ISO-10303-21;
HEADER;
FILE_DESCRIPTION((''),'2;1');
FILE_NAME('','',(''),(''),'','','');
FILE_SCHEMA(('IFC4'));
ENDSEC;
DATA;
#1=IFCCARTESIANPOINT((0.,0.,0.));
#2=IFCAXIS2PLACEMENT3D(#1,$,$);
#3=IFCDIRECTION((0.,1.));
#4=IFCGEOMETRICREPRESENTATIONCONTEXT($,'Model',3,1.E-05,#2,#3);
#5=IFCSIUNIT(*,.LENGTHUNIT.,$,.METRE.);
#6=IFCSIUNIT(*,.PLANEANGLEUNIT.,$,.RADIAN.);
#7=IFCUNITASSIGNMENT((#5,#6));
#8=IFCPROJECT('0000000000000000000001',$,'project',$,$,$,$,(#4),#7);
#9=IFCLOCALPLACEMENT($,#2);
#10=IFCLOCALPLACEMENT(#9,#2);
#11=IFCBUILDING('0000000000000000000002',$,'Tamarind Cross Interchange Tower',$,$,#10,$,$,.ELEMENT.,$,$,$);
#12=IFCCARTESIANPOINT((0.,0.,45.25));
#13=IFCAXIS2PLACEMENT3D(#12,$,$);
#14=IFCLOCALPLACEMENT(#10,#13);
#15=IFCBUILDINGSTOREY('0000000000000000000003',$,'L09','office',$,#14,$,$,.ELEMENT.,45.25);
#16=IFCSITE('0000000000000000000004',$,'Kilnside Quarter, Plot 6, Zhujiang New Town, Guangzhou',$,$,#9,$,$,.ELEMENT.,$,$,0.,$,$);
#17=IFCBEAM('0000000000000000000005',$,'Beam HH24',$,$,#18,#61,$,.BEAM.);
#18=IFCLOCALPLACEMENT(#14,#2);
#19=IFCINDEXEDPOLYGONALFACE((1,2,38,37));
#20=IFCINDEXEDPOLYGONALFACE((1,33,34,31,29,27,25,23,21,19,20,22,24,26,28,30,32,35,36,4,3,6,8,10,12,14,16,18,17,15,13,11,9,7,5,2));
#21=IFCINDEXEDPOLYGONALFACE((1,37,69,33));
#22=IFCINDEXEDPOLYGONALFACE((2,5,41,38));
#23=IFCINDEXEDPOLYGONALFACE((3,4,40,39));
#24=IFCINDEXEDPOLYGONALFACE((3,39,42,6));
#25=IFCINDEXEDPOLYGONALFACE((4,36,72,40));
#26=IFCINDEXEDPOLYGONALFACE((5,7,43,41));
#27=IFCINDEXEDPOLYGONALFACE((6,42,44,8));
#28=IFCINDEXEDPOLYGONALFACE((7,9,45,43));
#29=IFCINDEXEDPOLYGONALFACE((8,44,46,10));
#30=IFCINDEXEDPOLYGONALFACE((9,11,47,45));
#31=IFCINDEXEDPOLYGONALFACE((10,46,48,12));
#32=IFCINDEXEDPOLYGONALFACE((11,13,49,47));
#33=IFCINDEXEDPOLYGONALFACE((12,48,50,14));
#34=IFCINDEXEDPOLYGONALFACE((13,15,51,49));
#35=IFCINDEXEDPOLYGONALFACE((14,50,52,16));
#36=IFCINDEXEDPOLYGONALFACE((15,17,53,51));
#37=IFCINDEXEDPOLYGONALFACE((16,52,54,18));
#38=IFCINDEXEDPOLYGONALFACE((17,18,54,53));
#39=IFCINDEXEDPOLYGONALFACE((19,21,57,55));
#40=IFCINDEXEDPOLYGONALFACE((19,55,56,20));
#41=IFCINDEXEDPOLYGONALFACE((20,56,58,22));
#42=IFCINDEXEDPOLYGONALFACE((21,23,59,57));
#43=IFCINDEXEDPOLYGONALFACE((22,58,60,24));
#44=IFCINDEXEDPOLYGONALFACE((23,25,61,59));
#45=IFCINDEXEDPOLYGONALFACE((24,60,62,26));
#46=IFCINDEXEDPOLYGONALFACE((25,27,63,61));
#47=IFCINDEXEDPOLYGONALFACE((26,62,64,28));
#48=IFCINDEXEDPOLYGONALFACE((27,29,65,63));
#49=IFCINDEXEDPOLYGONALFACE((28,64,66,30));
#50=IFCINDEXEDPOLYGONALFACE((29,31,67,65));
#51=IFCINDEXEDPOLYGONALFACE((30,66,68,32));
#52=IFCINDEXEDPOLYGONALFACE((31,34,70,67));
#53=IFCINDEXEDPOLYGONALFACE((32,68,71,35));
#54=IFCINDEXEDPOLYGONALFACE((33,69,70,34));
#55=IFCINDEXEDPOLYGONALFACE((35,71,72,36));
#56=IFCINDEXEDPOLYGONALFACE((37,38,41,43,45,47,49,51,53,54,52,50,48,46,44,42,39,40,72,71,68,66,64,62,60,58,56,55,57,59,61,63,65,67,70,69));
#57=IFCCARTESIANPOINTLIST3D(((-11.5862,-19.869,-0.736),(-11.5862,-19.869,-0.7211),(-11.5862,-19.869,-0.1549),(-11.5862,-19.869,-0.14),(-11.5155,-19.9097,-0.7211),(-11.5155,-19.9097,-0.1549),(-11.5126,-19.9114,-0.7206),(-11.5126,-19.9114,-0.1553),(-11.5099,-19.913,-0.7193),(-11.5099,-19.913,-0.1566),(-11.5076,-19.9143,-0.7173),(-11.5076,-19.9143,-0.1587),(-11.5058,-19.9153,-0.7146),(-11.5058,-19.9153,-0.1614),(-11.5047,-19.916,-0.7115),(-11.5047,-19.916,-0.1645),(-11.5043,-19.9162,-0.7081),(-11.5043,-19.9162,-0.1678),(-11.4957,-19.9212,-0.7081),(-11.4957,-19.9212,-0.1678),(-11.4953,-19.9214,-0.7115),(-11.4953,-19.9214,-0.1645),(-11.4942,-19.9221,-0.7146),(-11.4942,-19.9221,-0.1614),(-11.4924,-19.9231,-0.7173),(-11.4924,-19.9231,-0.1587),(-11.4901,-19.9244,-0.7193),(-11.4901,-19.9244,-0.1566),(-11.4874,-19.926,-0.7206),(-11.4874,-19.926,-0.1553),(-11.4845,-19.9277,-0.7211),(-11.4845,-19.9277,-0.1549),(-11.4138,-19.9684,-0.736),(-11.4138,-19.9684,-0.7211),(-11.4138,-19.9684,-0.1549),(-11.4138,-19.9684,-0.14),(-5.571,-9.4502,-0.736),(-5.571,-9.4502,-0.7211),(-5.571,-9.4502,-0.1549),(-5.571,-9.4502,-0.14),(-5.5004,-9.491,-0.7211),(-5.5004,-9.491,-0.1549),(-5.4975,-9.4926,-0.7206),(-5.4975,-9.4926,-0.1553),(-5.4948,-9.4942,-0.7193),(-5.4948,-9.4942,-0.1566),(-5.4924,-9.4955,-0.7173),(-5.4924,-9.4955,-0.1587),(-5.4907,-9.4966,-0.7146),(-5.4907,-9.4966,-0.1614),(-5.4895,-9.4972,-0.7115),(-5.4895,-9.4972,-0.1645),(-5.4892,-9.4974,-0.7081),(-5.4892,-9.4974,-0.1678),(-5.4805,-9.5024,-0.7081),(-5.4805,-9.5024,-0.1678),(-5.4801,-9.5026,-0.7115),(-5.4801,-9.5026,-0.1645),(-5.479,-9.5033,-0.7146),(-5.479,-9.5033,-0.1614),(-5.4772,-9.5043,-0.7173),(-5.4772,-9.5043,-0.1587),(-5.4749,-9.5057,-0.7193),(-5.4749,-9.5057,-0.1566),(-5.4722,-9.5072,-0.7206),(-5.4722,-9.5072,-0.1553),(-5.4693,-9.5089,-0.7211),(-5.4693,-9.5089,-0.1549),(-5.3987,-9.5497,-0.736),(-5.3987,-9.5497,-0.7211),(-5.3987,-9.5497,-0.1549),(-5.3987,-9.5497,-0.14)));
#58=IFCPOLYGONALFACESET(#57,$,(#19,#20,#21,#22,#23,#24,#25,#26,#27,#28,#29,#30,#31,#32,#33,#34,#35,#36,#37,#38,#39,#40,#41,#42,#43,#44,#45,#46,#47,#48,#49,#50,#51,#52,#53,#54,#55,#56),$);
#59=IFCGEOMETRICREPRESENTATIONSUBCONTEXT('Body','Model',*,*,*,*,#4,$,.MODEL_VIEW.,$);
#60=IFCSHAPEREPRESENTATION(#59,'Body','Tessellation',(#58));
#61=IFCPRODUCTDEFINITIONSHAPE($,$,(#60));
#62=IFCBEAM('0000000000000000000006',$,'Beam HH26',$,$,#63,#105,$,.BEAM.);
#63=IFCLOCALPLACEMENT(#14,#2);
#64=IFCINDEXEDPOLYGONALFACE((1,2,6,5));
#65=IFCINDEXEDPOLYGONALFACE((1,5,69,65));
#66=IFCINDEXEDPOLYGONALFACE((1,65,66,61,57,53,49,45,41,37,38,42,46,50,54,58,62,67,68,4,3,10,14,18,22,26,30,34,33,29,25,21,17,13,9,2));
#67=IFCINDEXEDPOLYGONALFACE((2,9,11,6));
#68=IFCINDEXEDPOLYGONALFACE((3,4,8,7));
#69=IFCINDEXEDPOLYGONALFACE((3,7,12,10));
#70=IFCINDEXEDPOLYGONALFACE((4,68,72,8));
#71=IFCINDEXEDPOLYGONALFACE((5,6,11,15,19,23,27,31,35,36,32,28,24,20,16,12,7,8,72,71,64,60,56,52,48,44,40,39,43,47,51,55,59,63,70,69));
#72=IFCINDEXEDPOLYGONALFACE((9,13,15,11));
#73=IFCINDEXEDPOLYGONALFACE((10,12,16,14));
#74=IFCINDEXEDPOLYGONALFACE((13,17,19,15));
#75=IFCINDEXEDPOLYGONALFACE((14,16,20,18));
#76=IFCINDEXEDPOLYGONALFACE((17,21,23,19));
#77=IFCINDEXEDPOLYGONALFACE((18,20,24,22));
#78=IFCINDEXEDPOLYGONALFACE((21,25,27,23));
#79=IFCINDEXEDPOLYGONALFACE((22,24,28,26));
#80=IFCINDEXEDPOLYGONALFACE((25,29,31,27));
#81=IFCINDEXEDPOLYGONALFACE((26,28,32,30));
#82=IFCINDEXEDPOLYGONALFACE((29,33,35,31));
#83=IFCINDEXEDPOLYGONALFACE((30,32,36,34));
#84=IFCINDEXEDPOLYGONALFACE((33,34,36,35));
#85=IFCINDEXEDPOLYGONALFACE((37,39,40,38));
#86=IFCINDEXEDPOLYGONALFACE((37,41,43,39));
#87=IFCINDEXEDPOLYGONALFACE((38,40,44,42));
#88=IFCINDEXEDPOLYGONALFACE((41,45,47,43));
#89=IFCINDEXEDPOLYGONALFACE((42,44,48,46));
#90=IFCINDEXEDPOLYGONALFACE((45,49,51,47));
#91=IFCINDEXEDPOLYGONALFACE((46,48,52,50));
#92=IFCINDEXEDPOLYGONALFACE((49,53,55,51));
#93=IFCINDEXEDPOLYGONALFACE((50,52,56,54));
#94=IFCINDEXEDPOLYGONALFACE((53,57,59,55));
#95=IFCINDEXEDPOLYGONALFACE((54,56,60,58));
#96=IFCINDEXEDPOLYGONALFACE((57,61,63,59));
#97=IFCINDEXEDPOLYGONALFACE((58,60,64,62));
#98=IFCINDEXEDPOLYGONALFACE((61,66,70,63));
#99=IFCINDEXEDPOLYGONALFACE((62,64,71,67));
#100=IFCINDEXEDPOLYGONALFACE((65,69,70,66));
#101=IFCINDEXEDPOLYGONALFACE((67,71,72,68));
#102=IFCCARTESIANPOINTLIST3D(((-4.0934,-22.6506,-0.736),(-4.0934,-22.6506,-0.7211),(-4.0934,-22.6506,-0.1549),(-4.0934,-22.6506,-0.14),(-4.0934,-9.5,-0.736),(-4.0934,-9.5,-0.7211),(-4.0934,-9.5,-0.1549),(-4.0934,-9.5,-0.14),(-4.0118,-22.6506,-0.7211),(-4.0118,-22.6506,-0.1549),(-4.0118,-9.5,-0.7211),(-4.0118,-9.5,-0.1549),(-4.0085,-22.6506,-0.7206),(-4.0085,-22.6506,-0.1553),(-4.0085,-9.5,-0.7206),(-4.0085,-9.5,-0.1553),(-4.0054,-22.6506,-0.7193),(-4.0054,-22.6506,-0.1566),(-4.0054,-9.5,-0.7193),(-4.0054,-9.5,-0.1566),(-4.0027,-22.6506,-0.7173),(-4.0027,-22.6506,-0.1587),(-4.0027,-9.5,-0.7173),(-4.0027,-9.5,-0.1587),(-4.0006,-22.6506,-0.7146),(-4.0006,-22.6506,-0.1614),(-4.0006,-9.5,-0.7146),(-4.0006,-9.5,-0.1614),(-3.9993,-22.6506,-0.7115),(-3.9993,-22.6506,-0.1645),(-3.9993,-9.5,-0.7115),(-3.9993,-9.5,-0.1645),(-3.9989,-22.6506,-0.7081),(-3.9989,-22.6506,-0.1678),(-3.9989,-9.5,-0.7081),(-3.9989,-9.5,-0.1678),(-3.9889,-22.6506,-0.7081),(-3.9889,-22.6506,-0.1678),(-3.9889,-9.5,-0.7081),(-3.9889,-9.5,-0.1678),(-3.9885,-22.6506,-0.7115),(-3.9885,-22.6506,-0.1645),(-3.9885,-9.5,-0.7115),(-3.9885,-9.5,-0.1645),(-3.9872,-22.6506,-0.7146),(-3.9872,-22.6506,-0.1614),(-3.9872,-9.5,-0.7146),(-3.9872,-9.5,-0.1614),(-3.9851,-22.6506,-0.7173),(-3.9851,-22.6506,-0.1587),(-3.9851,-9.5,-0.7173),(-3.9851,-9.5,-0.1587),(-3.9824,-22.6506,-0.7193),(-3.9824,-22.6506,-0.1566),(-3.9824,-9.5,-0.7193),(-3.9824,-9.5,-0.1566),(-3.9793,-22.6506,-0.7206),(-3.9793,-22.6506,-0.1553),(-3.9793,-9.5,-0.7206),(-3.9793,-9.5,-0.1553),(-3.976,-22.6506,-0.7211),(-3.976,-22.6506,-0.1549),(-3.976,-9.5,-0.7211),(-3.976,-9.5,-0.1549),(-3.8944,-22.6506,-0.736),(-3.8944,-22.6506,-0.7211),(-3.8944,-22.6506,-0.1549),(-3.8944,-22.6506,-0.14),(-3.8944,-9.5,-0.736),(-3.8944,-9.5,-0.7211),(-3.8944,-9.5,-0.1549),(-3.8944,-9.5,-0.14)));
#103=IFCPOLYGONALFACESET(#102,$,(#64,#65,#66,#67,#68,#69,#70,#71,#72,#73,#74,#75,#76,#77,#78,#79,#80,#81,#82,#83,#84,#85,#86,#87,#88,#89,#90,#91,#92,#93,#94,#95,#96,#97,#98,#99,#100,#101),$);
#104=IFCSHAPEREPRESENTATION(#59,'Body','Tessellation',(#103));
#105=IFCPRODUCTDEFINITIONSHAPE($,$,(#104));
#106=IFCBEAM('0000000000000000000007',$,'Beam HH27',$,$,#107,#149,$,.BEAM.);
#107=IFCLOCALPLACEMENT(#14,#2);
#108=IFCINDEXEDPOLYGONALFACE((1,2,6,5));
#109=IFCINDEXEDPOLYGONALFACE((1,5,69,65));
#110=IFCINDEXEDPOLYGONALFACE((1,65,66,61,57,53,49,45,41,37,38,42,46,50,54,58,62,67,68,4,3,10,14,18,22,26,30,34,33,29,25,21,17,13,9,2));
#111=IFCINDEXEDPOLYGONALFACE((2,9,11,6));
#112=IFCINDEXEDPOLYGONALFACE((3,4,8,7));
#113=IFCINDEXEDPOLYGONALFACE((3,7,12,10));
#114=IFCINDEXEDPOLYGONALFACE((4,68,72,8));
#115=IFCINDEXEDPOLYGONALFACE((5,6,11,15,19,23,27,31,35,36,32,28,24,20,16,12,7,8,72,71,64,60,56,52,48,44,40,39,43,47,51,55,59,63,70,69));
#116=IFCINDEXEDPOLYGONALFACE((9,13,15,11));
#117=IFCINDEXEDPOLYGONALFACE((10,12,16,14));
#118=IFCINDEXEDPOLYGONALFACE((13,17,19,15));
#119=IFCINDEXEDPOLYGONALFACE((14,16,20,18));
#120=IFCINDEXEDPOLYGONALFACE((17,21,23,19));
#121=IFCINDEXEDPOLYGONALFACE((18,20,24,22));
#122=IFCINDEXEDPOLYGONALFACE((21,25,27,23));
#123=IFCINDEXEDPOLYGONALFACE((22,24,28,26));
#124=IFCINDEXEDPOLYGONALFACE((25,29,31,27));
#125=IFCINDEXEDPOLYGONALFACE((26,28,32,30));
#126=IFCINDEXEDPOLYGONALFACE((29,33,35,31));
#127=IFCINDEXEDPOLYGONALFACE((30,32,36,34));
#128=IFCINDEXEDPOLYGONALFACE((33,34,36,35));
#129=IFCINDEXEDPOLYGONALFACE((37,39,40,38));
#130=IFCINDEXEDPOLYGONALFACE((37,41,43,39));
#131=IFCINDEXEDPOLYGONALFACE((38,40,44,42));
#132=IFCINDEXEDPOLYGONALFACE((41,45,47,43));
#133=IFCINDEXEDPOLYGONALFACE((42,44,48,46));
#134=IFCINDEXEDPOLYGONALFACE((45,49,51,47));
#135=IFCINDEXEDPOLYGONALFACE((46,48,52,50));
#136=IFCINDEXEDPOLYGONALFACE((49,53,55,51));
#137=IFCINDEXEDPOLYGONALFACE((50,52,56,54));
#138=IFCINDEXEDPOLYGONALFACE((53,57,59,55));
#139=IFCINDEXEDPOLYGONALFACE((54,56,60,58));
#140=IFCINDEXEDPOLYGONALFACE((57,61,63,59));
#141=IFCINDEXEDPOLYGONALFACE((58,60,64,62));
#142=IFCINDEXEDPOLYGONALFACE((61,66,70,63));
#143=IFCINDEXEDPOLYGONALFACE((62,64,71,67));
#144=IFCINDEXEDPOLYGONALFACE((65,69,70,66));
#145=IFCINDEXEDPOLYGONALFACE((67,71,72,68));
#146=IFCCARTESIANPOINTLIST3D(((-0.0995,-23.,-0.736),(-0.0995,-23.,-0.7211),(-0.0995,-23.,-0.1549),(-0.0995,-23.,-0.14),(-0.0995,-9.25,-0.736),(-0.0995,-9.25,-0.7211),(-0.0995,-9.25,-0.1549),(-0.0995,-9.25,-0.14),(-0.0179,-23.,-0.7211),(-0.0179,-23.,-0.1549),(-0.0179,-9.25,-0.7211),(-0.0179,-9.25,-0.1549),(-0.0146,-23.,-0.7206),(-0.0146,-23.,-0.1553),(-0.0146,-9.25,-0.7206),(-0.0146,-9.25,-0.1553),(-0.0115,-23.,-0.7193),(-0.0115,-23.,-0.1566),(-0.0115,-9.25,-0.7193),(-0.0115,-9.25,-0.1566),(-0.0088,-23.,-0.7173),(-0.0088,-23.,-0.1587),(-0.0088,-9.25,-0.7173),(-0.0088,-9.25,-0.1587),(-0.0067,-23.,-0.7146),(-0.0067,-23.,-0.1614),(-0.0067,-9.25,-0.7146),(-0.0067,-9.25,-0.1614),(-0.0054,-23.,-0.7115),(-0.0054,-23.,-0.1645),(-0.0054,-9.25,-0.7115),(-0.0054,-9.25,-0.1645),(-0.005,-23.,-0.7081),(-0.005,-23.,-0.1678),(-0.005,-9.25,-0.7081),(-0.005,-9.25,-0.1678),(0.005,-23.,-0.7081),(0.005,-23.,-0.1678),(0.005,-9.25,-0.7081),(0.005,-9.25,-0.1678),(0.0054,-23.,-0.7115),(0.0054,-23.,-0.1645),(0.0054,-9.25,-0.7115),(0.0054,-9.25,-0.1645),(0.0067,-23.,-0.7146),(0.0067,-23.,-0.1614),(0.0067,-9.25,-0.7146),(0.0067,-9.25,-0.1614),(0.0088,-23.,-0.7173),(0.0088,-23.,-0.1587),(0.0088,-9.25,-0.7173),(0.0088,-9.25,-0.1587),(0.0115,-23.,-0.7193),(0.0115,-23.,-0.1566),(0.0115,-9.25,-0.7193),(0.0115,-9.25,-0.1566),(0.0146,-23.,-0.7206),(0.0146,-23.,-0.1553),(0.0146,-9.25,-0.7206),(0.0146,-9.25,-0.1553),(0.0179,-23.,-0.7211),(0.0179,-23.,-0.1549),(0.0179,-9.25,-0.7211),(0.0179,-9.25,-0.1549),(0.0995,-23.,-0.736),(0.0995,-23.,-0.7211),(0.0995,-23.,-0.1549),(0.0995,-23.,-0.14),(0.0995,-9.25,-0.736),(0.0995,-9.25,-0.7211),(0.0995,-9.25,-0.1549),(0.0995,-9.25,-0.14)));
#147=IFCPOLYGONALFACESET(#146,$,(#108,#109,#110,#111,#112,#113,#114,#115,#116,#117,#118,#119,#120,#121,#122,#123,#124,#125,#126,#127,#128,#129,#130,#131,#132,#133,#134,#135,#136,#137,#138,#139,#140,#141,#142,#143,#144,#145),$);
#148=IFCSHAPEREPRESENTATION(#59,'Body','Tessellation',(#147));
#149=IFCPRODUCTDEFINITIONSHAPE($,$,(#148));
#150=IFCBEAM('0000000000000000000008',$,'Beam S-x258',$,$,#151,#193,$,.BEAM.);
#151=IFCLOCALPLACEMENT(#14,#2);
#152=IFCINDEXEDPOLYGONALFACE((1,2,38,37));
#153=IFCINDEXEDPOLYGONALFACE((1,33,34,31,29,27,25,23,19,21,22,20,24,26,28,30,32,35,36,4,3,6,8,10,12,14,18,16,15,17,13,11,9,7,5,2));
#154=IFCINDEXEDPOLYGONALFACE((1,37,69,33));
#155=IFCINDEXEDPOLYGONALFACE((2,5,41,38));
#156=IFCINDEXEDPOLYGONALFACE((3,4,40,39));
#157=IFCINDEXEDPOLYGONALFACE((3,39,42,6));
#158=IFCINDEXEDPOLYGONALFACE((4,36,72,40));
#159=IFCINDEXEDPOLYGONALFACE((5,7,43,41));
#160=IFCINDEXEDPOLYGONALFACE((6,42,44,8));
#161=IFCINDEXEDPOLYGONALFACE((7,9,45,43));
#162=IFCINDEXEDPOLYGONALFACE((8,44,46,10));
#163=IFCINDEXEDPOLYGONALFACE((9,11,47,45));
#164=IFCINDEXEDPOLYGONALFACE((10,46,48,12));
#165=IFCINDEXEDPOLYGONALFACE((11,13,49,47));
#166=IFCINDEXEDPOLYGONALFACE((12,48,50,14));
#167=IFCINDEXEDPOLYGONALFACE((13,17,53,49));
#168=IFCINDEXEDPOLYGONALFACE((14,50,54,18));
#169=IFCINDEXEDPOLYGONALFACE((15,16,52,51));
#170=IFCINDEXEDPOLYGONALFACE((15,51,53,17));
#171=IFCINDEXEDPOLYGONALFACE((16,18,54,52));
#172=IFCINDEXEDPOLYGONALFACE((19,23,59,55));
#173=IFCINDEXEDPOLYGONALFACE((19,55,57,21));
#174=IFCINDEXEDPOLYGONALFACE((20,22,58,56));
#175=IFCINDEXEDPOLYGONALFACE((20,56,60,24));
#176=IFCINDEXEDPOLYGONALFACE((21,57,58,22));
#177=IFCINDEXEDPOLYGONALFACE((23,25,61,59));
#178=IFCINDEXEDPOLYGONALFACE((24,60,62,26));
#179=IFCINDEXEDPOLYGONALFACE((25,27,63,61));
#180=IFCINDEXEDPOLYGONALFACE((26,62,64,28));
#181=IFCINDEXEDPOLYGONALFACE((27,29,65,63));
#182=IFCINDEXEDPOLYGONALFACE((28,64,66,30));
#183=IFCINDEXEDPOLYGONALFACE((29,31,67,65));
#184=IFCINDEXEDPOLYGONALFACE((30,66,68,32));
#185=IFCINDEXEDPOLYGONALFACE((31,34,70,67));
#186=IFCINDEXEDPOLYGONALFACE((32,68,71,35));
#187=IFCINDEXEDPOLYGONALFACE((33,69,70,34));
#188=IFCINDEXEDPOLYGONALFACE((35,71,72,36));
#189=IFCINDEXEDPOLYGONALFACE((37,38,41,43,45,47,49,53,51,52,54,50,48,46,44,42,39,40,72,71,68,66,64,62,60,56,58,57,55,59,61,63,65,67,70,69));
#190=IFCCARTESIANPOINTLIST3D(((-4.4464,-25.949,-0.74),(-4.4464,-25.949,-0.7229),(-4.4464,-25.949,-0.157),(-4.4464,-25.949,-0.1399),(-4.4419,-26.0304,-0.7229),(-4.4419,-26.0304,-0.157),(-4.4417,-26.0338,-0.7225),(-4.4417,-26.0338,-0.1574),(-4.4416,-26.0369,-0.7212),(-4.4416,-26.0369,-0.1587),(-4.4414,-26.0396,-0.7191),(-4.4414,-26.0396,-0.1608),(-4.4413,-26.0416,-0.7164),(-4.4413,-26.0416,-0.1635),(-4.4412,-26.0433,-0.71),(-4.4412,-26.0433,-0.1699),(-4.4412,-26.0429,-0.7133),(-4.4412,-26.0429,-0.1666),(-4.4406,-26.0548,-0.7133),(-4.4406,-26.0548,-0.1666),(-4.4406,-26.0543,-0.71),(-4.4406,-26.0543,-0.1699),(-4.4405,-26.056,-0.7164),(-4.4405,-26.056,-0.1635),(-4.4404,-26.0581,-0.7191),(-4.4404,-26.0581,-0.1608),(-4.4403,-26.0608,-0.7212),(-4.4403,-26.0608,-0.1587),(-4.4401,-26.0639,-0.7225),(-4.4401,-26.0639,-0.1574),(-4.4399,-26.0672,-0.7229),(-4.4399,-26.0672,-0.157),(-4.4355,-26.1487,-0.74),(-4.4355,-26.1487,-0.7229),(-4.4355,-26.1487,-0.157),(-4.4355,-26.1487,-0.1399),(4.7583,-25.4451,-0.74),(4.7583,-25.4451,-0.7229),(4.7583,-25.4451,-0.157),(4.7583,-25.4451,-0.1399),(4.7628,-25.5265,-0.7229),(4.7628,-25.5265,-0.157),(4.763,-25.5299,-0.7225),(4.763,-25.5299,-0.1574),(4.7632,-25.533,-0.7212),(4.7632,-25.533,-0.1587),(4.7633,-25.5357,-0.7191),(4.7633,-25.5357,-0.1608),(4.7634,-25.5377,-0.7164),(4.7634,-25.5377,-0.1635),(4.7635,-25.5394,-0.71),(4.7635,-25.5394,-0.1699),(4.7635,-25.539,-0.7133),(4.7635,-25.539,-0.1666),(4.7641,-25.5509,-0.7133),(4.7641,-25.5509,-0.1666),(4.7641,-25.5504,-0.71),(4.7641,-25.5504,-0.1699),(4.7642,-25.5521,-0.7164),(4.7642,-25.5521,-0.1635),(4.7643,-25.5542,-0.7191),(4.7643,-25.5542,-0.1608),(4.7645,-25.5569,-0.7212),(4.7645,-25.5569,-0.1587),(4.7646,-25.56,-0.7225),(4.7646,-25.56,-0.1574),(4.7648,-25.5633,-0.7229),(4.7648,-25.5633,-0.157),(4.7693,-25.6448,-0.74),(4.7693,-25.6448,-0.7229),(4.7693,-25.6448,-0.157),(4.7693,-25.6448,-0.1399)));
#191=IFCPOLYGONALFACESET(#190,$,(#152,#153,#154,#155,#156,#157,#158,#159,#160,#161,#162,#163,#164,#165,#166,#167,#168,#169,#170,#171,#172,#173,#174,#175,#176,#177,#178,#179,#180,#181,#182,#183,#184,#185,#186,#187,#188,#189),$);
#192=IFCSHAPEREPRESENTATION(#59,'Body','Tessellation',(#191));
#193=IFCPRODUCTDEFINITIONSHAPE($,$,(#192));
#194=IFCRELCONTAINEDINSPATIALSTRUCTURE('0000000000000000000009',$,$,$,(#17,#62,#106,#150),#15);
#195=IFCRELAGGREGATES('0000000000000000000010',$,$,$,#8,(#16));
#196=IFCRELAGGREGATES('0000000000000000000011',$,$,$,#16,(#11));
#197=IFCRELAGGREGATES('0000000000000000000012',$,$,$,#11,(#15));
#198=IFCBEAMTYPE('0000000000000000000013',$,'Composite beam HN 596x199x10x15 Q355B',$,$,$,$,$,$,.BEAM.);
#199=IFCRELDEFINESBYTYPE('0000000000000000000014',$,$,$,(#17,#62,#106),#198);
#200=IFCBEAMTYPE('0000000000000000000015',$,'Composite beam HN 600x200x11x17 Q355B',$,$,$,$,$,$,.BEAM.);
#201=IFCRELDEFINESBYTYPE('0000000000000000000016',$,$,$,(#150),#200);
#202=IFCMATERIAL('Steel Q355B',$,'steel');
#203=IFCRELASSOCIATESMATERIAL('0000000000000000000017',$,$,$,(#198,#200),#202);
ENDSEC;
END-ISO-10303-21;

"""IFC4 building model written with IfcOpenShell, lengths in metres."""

from ifc_helpers import new_model, si_unit, direction, frame, origin, origin_2d, place, context, subcontext, project, spatial, i_section, extrude, material, material_profile, profile_set, type_object, element, save


model = new_model("IFC4")

# Units and contexts
model_context = context("Model", 3, precision=1e-05, world=origin(), true_north=direction((0.0, 1.0)))
body_context = subcontext(model_context, "Body", "Model", "MODEL_VIEW")
ifc_project = project(units=[si_unit("LENGTHUNIT", "METRE"), si_unit("PLANEANGLEUNIT", "RADIAN")], contexts=[model_context])

# Site, building, storey
site_placement = place(None, origin())
site = spatial("IfcSite", under=ifc_project, at=site_placement, Name="Kilnside Quarter, Plot 6, Zhujiang New Town, Guangzhou", CompositionType="ELEMENT", RefElevation=0.0)
building_placement = place(site_placement, origin())
building = spatial("IfcBuilding", under=site, at=building_placement, Name="Tamarind Cross Interchange Tower", CompositionType="ELEMENT")
storey_placement = place(building_placement, frame((0.0, 0.0, 45.25)))
storey = spatial("IfcBuildingStorey", under=building, at=storey_placement, Name="L09", Description="office", CompositionType="ELEMENT", Elevation=45.25)

# Beams
ifc_material_1 = material(Name="Steel Q355B", Category="steel")
ifc_material_profile_1 = material_profile(ifc_material_1, i_section(OverallWidth=0.199, OverallDepth=0.5959, WebThickness=0.01, FlangeThickness=0.0149, FilletRadius=0.0129, at=origin_2d()), Name="HN 596x199x10x15")
ifc_profile_set_1 = profile_set([ifc_material_profile_1], Name="Steel Q355B")
beam_type_1 = type_object("IfcBeamType", Name="Composite beam HN 596x199x10x15 Q355B", PredefinedType="BEAM", material=ifc_profile_set_1)
beam_1_placement = place(storey_placement, frame((-11.5, -19.9187, -0.438), z_axis=(0.499994, 0.866029, 0.0), x_axis=(-0.866029, 0.499994, 0.0)))
element("IfcBeam", 1, at=beam_1_placement, inside=storey, type_object=beam_type_1, Name="Beam HH24", PredefinedType="BEAM", context=body_context, shape_type="SweptSolid", body=[
    extrude(i_section(OverallWidth=0.199, OverallDepth=0.5959, WebThickness=0.01, FlangeThickness=0.0149, FilletRadius=0.0129, at=origin_2d()), origin(), (0.0, 0.0, 1.0), 12.0305),
])
beam_2_placement = place(storey_placement, frame((-3.9939, -22.6506, -0.438), z_axis=(0.0, 1.0, 0.0), x_axis=(-1.0, 0.0, 0.0)))
element("IfcBeam", 2, at=beam_2_placement, inside=storey, type_object=beam_type_1, Name="Beam HH26", PredefinedType="BEAM", context=body_context, shape_type="SweptSolid", body=[
    extrude(i_section(OverallWidth=0.199, OverallDepth=0.5959, WebThickness=0.01, FlangeThickness=0.0149, FilletRadius=0.0129, at=origin_2d()), origin(), (0.0, 0.0, 1.0), 13.1506),
])
beam_3_placement = place(storey_placement, frame((0.0, -23.0, -0.438), z_axis=(0.0, 1.0, 0.0), x_axis=(-1.0, 0.0, 0.0)))
element("IfcBeam", 3, at=beam_3_placement, inside=storey, type_object=beam_type_1, Name="Beam HH27", PredefinedType="BEAM", context=body_context, shape_type="SweptSolid", body=[
    extrude(i_section(OverallWidth=0.199, OverallDepth=0.5959, WebThickness=0.01, FlangeThickness=0.0149, FilletRadius=0.0129, at=origin_2d()), origin(), (0.0, 0.0, 1.0), 13.75),
])
ifc_material_profile_2 = material_profile(ifc_material_1, i_section(OverallWidth=0.2, OverallDepth=0.6001, WebThickness=0.011, FlangeThickness=0.0171, FilletRadius=0.0129, at=origin_2d()), Name="HN 600x200x11x17")
ifc_profile_set_2 = profile_set([ifc_material_profile_2], Name="Steel Q355B")
beam_type_2 = type_object("IfcBeamType", Name="Composite beam HN 600x200x11x17 Q355B", PredefinedType="BEAM", material=ifc_profile_set_2)
beam_4_placement = place(storey_placement, frame((-4.4409, -26.0488, -0.4399), z_axis=(0.998505, 0.054662, 0.0), x_axis=(-0.054662, 0.998505, 0.0)))
element("IfcBeam", 4, at=beam_4_placement, inside=storey, type_object=beam_type_2, Name="Beam S-x258", PredefinedType="BEAM", context=body_context, shape_type="SweptSolid", body=[
    extrude(i_section(OverallWidth=0.2, OverallDepth=0.6001, WebThickness=0.011, FlangeThickness=0.0171, FilletRadius=0.0129, at=origin_2d()), origin(), (0.0, 0.0, 1.0), 9.2185),
])

save(model, "model.ifc")
